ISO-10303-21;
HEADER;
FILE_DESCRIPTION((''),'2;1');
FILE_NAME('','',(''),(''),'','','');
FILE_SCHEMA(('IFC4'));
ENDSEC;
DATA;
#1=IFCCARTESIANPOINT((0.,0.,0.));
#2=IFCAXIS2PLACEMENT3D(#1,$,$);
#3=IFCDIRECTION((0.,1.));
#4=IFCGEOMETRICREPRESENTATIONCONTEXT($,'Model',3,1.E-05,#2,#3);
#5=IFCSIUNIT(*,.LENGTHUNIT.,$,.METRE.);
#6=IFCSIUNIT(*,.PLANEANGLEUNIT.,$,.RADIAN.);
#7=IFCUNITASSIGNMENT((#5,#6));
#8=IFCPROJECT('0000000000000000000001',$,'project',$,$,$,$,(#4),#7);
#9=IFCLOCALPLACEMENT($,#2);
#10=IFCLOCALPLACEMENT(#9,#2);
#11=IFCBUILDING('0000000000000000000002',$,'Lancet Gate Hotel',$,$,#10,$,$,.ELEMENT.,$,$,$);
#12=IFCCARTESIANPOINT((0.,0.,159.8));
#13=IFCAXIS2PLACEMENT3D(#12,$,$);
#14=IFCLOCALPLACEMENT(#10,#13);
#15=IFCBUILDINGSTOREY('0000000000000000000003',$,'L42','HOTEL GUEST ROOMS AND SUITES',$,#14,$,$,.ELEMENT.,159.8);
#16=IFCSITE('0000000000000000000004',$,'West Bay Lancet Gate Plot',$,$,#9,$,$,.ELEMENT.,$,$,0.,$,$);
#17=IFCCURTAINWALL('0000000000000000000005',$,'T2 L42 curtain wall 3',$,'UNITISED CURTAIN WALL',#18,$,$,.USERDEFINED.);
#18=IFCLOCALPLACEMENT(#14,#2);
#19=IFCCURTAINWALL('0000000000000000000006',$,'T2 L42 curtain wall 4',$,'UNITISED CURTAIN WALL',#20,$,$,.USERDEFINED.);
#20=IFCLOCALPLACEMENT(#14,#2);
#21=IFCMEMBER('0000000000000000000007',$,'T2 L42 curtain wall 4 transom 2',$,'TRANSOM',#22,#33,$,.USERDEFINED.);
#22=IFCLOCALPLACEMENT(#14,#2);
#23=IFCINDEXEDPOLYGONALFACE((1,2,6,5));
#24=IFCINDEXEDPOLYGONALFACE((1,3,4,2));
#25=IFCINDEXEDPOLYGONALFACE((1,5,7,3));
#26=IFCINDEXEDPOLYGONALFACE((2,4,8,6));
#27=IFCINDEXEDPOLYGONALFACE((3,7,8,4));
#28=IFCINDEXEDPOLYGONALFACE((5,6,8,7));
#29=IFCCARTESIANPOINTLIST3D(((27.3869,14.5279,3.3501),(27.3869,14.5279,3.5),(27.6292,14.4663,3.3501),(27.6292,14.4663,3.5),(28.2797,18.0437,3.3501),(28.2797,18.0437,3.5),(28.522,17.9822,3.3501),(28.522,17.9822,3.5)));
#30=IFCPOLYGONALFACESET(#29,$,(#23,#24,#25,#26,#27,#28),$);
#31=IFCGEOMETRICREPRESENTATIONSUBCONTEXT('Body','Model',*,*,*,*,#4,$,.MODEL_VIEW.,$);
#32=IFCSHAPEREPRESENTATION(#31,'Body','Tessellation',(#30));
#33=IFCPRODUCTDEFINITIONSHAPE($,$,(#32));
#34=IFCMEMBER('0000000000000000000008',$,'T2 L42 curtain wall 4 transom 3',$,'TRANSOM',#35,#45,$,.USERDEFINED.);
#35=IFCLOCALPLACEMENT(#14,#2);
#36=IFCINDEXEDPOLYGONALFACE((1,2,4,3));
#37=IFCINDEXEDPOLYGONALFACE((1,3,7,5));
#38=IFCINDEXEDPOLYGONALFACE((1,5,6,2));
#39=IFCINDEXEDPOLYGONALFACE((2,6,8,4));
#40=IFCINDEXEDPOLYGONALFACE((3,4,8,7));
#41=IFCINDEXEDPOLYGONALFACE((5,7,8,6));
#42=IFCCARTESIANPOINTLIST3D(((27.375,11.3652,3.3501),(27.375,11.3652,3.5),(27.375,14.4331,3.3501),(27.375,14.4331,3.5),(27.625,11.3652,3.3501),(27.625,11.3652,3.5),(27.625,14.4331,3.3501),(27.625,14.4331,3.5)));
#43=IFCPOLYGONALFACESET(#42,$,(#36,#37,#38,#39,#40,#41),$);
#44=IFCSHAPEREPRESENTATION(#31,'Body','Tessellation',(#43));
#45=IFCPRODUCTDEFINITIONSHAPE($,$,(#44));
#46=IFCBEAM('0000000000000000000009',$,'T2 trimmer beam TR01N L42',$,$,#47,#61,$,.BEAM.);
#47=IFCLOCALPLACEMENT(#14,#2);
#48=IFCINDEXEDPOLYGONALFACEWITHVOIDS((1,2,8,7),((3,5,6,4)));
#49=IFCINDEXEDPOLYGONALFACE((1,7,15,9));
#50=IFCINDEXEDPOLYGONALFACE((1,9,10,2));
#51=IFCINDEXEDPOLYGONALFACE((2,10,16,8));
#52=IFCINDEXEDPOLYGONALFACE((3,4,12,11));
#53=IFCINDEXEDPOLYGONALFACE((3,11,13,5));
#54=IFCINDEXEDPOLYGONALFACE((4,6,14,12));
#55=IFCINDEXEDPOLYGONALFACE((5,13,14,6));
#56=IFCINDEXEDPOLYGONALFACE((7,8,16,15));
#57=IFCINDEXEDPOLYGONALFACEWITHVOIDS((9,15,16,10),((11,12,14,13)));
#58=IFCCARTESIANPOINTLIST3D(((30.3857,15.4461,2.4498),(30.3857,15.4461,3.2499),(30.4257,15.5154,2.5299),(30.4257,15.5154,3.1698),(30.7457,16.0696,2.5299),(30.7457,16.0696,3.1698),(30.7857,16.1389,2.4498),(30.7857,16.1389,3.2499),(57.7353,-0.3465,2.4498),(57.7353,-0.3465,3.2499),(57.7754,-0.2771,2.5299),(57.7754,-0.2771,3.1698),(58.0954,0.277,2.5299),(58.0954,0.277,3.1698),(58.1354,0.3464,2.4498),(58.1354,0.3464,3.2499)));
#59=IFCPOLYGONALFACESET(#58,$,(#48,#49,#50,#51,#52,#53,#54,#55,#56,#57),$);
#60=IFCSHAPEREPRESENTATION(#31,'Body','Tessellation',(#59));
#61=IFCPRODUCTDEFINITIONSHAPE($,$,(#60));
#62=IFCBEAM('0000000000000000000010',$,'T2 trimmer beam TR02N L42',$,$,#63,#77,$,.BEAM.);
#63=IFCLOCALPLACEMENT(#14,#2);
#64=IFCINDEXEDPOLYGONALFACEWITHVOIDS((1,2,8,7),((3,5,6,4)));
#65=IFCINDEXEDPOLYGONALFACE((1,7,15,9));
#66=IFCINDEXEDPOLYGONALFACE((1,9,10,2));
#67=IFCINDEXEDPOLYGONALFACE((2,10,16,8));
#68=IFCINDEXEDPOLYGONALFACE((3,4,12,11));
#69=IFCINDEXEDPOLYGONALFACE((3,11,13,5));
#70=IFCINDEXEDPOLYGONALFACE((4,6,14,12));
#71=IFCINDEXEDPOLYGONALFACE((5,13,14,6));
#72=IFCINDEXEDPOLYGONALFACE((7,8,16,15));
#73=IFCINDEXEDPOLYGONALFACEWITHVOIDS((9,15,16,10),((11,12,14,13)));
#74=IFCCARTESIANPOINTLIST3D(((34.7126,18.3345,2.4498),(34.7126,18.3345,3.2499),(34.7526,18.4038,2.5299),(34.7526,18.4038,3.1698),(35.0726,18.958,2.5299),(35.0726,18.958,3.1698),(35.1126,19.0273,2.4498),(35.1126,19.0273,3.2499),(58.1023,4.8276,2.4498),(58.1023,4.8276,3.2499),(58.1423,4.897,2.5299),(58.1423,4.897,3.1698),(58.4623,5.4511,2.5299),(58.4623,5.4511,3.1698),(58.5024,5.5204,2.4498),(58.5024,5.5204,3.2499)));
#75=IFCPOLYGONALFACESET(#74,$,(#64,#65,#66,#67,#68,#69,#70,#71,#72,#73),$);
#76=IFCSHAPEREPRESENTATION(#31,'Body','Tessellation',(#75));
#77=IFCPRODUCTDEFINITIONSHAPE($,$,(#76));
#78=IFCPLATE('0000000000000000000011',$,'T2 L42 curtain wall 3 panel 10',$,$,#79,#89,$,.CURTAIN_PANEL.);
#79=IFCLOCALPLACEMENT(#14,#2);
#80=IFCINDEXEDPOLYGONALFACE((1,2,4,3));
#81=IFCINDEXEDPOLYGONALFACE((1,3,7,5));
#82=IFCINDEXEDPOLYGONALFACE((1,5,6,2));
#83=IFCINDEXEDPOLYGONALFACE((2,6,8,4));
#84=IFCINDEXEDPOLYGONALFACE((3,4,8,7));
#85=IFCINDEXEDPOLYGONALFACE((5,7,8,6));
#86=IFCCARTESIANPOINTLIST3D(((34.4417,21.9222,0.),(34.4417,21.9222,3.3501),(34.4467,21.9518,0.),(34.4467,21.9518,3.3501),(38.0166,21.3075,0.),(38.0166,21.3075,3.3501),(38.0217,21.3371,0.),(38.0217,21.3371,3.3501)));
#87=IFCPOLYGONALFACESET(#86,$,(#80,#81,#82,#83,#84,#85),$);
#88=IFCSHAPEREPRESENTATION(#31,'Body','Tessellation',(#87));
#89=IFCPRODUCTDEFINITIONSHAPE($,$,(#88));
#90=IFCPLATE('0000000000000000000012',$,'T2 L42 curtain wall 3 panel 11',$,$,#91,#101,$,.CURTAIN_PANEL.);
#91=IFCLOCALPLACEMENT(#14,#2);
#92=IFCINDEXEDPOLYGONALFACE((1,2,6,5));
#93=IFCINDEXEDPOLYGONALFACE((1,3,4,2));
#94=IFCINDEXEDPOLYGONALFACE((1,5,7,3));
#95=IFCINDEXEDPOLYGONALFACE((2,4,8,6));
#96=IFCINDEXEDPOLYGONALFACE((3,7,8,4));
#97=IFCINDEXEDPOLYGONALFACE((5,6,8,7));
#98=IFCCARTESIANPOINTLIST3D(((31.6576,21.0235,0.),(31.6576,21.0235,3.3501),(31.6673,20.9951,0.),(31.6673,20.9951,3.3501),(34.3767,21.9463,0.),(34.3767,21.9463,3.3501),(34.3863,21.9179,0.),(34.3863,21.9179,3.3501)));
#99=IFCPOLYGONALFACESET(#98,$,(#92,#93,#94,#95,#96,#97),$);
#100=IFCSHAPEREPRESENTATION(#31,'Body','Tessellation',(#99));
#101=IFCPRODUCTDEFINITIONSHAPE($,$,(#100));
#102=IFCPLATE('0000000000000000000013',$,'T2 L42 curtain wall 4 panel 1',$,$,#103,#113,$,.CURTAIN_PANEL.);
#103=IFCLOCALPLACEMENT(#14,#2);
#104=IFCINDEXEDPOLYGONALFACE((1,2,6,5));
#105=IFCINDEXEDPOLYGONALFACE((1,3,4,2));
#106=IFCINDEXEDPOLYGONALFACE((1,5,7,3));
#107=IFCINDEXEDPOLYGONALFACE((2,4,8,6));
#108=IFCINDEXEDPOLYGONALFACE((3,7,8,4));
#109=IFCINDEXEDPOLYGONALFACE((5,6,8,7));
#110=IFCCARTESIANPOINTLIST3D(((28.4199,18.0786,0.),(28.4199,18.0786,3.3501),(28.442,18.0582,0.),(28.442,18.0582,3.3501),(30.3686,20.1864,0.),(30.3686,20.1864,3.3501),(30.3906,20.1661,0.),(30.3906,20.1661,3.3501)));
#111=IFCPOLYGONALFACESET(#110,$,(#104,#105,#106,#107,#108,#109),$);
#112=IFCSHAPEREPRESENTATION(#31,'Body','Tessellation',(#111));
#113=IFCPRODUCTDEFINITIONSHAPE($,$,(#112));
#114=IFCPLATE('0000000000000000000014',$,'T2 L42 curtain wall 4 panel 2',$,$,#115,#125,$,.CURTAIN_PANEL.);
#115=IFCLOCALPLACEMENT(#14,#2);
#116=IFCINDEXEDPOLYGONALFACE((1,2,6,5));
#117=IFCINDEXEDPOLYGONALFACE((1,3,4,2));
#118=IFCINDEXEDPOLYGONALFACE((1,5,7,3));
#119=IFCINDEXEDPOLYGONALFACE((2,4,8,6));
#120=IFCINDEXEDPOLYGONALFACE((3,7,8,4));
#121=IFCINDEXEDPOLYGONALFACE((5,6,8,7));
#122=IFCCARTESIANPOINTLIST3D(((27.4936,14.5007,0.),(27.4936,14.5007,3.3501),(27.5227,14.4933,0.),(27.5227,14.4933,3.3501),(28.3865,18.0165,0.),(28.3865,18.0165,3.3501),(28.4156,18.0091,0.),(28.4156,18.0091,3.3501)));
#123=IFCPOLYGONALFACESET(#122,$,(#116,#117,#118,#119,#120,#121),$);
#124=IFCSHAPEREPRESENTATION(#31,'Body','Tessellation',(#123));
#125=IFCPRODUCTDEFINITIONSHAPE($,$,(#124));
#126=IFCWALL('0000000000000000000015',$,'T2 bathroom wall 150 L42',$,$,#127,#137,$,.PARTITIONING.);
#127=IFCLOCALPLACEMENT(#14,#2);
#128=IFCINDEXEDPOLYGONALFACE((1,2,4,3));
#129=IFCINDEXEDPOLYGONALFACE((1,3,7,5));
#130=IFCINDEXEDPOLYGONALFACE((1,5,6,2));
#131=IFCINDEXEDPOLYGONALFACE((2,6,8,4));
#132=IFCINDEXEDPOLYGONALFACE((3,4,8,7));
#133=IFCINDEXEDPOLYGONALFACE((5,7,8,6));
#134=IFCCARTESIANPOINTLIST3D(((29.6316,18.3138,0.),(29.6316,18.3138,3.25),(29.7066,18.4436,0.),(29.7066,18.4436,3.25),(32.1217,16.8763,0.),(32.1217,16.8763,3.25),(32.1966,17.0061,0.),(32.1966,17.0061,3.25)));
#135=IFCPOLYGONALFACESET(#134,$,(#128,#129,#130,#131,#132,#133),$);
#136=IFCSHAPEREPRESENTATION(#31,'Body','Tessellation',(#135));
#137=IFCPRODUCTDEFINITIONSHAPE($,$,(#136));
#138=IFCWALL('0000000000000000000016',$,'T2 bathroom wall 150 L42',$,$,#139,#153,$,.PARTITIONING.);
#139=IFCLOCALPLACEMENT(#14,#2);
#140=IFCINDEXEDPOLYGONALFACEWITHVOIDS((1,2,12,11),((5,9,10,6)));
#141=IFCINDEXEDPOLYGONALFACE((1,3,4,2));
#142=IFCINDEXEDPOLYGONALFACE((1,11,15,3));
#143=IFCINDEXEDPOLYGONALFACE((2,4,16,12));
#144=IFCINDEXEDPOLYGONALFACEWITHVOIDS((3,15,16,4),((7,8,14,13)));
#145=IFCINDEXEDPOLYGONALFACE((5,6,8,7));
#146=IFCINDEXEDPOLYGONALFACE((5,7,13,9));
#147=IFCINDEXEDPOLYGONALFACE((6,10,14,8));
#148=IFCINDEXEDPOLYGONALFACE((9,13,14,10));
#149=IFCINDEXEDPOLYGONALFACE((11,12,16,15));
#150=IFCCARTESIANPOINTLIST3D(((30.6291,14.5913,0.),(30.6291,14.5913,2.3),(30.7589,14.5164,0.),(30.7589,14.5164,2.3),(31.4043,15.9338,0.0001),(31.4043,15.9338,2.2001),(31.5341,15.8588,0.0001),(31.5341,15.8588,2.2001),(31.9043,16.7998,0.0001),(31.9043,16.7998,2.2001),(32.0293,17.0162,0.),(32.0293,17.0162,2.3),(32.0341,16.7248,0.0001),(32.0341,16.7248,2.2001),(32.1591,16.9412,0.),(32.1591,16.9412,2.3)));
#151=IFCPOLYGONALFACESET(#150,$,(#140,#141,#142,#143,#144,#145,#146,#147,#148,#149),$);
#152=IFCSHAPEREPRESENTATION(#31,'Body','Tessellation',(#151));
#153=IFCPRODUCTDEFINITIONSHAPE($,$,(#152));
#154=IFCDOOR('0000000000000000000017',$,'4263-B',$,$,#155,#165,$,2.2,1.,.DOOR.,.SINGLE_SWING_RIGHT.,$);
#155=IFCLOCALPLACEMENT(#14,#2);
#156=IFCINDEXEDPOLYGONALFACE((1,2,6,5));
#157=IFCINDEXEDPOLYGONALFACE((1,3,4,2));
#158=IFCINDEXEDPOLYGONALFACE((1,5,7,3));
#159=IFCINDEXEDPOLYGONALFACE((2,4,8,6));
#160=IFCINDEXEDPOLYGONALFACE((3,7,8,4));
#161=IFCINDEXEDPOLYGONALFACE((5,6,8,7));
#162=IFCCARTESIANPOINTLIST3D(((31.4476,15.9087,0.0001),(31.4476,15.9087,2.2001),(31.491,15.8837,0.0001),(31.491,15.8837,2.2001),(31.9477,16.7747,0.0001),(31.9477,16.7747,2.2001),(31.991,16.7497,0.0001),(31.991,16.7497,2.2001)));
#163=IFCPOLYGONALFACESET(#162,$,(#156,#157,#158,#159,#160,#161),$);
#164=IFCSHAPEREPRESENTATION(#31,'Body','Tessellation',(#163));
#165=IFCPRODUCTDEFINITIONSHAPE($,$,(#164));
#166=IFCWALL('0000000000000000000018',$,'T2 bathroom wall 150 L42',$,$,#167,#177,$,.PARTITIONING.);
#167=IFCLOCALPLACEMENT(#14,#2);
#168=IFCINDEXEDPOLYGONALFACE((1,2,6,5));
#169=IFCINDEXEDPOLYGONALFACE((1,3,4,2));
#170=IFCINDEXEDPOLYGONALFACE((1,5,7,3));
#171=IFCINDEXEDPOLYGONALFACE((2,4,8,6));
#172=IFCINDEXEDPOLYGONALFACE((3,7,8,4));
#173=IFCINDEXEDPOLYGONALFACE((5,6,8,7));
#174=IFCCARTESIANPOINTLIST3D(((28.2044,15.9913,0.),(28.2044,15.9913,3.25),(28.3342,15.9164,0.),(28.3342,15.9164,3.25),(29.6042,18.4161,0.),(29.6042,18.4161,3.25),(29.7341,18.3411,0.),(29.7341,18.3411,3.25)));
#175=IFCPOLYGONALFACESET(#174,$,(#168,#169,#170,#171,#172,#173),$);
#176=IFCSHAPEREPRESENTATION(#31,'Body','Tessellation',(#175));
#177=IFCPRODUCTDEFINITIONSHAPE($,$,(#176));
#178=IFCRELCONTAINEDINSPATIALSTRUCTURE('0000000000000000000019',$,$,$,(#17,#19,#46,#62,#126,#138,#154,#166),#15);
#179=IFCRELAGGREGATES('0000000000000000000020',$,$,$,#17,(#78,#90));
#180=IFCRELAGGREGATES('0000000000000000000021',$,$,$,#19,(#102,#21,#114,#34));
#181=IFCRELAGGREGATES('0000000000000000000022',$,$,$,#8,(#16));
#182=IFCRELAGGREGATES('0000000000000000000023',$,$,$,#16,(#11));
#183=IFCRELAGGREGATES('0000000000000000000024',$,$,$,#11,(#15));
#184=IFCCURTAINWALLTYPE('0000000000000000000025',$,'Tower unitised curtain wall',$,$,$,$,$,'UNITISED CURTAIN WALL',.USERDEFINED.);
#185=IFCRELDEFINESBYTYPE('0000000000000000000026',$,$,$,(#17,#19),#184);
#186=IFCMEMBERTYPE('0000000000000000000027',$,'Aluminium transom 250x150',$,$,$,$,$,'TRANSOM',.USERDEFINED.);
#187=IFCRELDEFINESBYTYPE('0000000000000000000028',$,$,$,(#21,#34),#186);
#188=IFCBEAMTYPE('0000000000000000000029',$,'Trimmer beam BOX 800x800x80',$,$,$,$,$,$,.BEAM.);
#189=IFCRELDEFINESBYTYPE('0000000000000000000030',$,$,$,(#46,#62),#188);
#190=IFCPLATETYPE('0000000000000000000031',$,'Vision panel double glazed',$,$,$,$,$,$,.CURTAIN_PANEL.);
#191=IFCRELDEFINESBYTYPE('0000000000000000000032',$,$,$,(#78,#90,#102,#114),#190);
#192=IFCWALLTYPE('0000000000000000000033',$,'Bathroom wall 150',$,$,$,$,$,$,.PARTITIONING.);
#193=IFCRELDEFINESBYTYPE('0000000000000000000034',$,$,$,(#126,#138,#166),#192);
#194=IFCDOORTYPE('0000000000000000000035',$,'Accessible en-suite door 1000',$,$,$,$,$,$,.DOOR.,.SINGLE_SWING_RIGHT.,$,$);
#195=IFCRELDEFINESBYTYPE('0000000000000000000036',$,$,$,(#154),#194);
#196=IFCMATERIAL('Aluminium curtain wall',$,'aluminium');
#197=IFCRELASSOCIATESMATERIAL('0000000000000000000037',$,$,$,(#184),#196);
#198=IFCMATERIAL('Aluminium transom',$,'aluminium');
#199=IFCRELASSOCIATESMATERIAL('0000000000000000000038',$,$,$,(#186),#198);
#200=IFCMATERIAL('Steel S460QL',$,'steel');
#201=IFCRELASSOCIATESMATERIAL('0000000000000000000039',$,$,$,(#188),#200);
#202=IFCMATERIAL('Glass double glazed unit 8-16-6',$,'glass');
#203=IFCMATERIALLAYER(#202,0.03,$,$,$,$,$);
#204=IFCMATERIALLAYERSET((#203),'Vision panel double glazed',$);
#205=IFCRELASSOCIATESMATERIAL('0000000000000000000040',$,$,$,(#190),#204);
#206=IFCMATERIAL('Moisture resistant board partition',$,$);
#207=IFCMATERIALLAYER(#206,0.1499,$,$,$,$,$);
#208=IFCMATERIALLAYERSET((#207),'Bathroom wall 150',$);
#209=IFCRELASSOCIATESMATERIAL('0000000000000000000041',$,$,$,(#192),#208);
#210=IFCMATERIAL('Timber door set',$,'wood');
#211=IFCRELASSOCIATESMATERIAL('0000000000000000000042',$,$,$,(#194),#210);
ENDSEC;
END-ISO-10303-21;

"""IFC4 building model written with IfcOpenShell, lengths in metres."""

from ifc_helpers import new_model, si_unit, direction, frame, frame_2d, origin, origin_2d, place, context, subcontext, project, spatial, rectangle, hollow_rectangle, extrude, material, layer, layer_set, material_profile, profile_set, type_object, element, fill, aggregate, save


model = new_model("IFC4")

# Units and contexts
model_context = context("Model", 3, precision=1e-05, world=origin(), true_north=direction((0.0, 1.0)))
body_context = subcontext(model_context, "Body", "Model", "MODEL_VIEW")
ifc_project = project(units=[si_unit("LENGTHUNIT", "METRE"), si_unit("PLANEANGLEUNIT", "RADIAN")], contexts=[model_context])

# Site, building, storey
site_placement = place(None, origin())
site = spatial("IfcSite", under=ifc_project, at=site_placement, Name="West Bay Lancet Gate Plot", CompositionType="ELEMENT", RefElevation=0.0)
building_placement = place(site_placement, origin())
building = spatial("IfcBuilding", under=site, at=building_placement, Name="Lancet Gate Hotel", CompositionType="ELEMENT")
storey_placement = place(building_placement, frame((0.0, 0.0, 159.8)))
storey = spatial("IfcBuildingStorey", under=building, at=storey_placement, Name="L42", Description="HOTEL GUEST ROOMS AND SUITES", CompositionType="ELEMENT", Elevation=159.8)

# Curtain walls
ifc_material_1 = material(Name="Aluminium curtain wall", Category="aluminium")
curtain_wall_type = type_object("IfcCurtainWallType", Name="Tower unitised curtain wall", ElementType="UNITISED CURTAIN WALL", PredefinedType="USERDEFINED", material=ifc_material_1)
curtain_wall_1_placement = place(storey_placement, origin())
curtain_wall_1 = element("IfcCurtainWall", 1, at=curtain_wall_1_placement, inside=storey, type_object=curtain_wall_type, Name="T2 L42 curtain wall 3", ObjectType="UNITISED CURTAIN WALL", PredefinedType="USERDEFINED")
curtain_wall_2_placement = place(storey_placement, origin())
curtain_wall_2 = element("IfcCurtainWall", 2, at=curtain_wall_2_placement, inside=storey, type_object=curtain_wall_type, Name="T2 L42 curtain wall 4", ObjectType="UNITISED CURTAIN WALL", PredefinedType="USERDEFINED")

# Members
ifc_material_2 = material(Name="Aluminium transom", Category="aluminium")
ifc_material_profile_1 = material_profile(ifc_material_2, rectangle(XDim=0.25, YDim=0.1499, at=origin_2d()), Name="TRANSOM 250x150")
ifc_profile_set_1 = profile_set([ifc_material_profile_1], Name="Aluminium transom")
member_type_1 = type_object("IfcMemberType", Name="Aluminium transom 250x150", ElementType="TRANSOM", PredefinedType="USERDEFINED", material=ifc_profile_set_1)
member_1_placement = place(storey_placement, frame((28.4009, 18.0129, 3.425), z_axis=(-0.246129, -0.969237, 0.0), x_axis=(0.969237, -0.246129, 0.0)))
member_1 = element("IfcMember", 3, at=member_1_placement, type_object=member_type_1, Name="T2 L42 curtain wall 4 transom 2", ObjectType="TRANSOM", PredefinedType="USERDEFINED", context=body_context, shape_type="SweptSolid", body=[
    extrude(rectangle(XDim=0.25, YDim=0.1499, at=origin_2d()), origin(), (0.0, 0.0, 1.0), 3.6274),
])
member_2_placement = place(storey_placement, frame((27.5, 14.4331, 3.425), z_axis=(0.0, -1.0, 0.0), x_axis=(1.0, 0.0, 0.0)))
member_2 = element("IfcMember", 4, at=member_2_placement, type_object=member_type_1, Name="T2 L42 curtain wall 4 transom 3", ObjectType="TRANSOM", PredefinedType="USERDEFINED", context=body_context, shape_type="SweptSolid", body=[
    extrude(rectangle(XDim=0.25, YDim=0.1499, at=origin_2d()), origin(), (0.0, 0.0, 1.0), 3.0679),
])

# Beams
ifc_material_3 = material(Name="Steel S460QL", Category="steel")
ifc_material_profile_2 = material_profile(ifc_material_3, hollow_rectangle(XDim=0.8, YDim=0.8, WallThickness=0.0801, at=origin_2d()), Name="BOX 800x800x80")
ifc_profile_set_2 = profile_set([ifc_material_profile_2], Name="Steel S460QL")
beam_type = type_object("IfcBeamType", Name="Trimmer beam BOX 800x800x80", PredefinedType="BEAM", material=ifc_profile_set_2)
beam_1_placement = place(storey_placement, frame((30.5857, 15.7925, 2.8499), z_axis=(0.865996, -0.500052, 0.0), x_axis=(0.500052, 0.865996, 0.0)))
element("IfcBeam", 5, at=beam_1_placement, inside=storey, type_object=beam_type, Name="T2 trimmer beam TR01N L42", PredefinedType="BEAM", context=body_context, shape_type="SweptSolid", body=[
    extrude(hollow_rectangle(XDim=0.8, YDim=0.8, WallThickness=0.0801, at=origin_2d()), origin(), (0.0, 0.0, 1.0), 31.5818),
])
beam_2_placement = place(storey_placement, frame((34.9126, 18.6809, 2.8499), z_axis=(0.86598, -0.500078, 0.0), x_axis=(0.500078, 0.86598, 0.0)))
element("IfcBeam", 6, at=beam_2_placement, inside=storey, type_object=beam_type, Name="T2 trimmer beam TR02N L42", PredefinedType="BEAM", context=body_context, shape_type="SweptSolid", body=[
    extrude(hollow_rectangle(XDim=0.8, YDim=0.8, WallThickness=0.0801, at=origin_2d()), origin(), (0.0, 0.0, 1.0), 27.0095),
])

# Plates
ifc_material_4 = material(Name="Glass double glazed unit 8-16-6", Category="glass")
ifc_layer_1 = layer(ifc_material_4, 0.03)
ifc_layer_set_1 = layer_set([ifc_layer_1], Name="Vision panel double glazed")
plate_type = type_object("IfcPlateType", Name="Vision panel double glazed", PredefinedType="CURTAIN_PANEL", material=ifc_layer_set_1)
plate_1_placement = place(storey_placement, frame((36.2317, 21.6296, 0.0), z_axis=(0.0, 0.0, 1.0), x_axis=(-0.98554, 0.169445, 0.0)))
plate_1 = element("IfcPlate", 7, at=plate_1_placement, type_object=plate_type, Name="T2 L42 curtain wall 3 panel 10", PredefinedType="CURTAIN_PANEL", context=body_context, shape_type="SweptSolid", body=[
    extrude(rectangle(XDim=3.6274, YDim=0.03, at=origin_2d()), origin(), (0.0, 0.0, 1.0), 3.3501),
])
plate_2_placement = place(storey_placement, frame((33.022, 21.4707, 0.0), z_axis=(0.0, 0.0, 1.0), x_axis=(-0.946952, -0.321374, 0.0)))
plate_2 = element("IfcPlate", 8, at=plate_2_placement, type_object=plate_type, Name="T2 L42 curtain wall 3 panel 11", PredefinedType="CURTAIN_PANEL", context=body_context, shape_type="SweptSolid", body=[
    extrude(rectangle(XDim=2.8713, YDim=0.03, at=origin_2d()), origin(), (0.0, 0.0, 1.0), 3.3501),
])
aggregate(curtain_wall_1, [plate_1, plate_2])
plate_3_placement = place(storey_placement, frame((29.4053, 19.1223, 0.0), z_axis=(0.0, 0.0, 1.0), x_axis=(-0.678831, -0.734294, 0.0)))
plate_3 = element("IfcPlate", 9, at=plate_3_placement, type_object=plate_type, Name="T2 L42 curtain wall 4 panel 1", PredefinedType="CURTAIN_PANEL", context=body_context, shape_type="SweptSolid", body=[
    extrude(rectangle(XDim=2.8706, YDim=0.03, at=origin_2d()), origin(), (0.0, 0.0, 1.0), 3.3501),
])
plate_4_placement = place(storey_placement, frame((27.9546, 16.2549, 0.0), z_axis=(0.0, 0.0, 1.0), x_axis=(-0.246167, -0.969228, 0.0)))
plate_4 = element("IfcPlate", 10, at=plate_4_placement, type_object=plate_type, Name="T2 L42 curtain wall 4 panel 2", PredefinedType="CURTAIN_PANEL", context=body_context, shape_type="SweptSolid", body=[
    extrude(rectangle(XDim=3.6274, YDim=0.03, at=origin_2d()), origin(), (0.0, 0.0, 1.0), 3.3501),
])
aggregate(curtain_wall_2, [plate_3, member_1, plate_4, member_2])

# Wall
ifc_material_5 = material(Name="Moisture resistant board partition")
ifc_layer_2 = layer(ifc_material_5, 0.1499)
ifc_layer_set_2 = layer_set([ifc_layer_2], Name="Bathroom wall 150")
wall_type_1 = type_object("IfcWallType", Name="Bathroom wall 150", PredefinedType="PARTITIONING", material=ifc_layer_set_2)
wall_1_placement = place(storey_placement, frame((29.6692, 18.3787, 0.0), z_axis=(0.0, 0.0, 1.0), x_axis=(0.86604, -0.499975, 0.0)))
element("IfcWall", 11, at=wall_1_placement, inside=storey, type_object=wall_type_1, Name="T2 bathroom wall 150 L42", PredefinedType="PARTITIONING", context=body_context, shape_type="SweptSolid", body=[
    extrude(rectangle(XDim=2.8752, YDim=0.1499, at=frame_2d((1.4375, 0.0))), origin(), (0.0, 0.0, 1.0), 3.25),
])

# Wall, opening, door
wall_2_placement = place(storey_placement, frame((30.6941, 14.554, 0.0), z_axis=(0.0, 0.0, 1.0), x_axis=(0.50005, 0.865997, 0.0)))
wall_2 = element("IfcWall", 12, at=wall_2_placement, inside=storey, type_object=wall_type_1, Name="T2 bathroom wall 150 L42", PredefinedType="PARTITIONING", context=body_context, shape_type="SweptSolid", body=[
    extrude(rectangle(XDim=2.8, YDim=0.1499, at=frame_2d((1.3999, 0.0))), origin(), (0.0, 0.0, 1.0), 2.3),
])
opening_1_placement = place(wall_2_placement, frame((1.55, 0.0, 0.0)))
opening_1 = element("IfcOpeningElement", 13, at=opening_1_placement, cuts=wall_2, PredefinedType="OPENING", context=body_context, shape_type="SweptSolid", body=[
    extrude(rectangle(XDim=1.0, YDim=2.2, at=frame_2d((0.5, 1.1001))), frame((0.0, 0.085, 0.0), z_axis=(0.0, -1.0, 0.0), x_axis=(1.0, 0.0, 0.0)), (0.0, 0.0, 1.0), 0.1699),
])
ifc_material_6 = material(Name="Timber door set", Category="wood")
door_type_1 = type_object("IfcDoorType", Name="Accessible en-suite door 1000", OperationType="SINGLE_SWING_RIGHT", PredefinedType="DOOR", material=ifc_material_6)
door_1_placement = place(opening_1_placement, origin())
door_1 = element("IfcDoor", 14, at=door_1_placement, inside=storey, type_object=door_type_1, Name="4263-B", OperationType="SINGLE_SWING_RIGHT", OverallHeight=2.2, OverallWidth=1.0, PredefinedType="DOOR", context=body_context, shape_type="SweptSolid", body=[
    extrude(rectangle(XDim=1.0, YDim=2.2, at=frame_2d((0.5, 1.1001))), frame((0.0, 0.0249, 0.0), z_axis=(0.0, -1.0, 0.0), x_axis=(1.0, 0.0, 0.0)), (0.0, 0.0, 1.0), 0.05),
])
fill(opening_1, door_1)

# Wall
wall_3_placement = place(storey_placement, frame((28.2693, 15.9539, 0.0), z_axis=(0.0, 0.0, 1.0), x_axis=(0.499984, 0.866035, 0.0)))
element("IfcWall", 15, at=wall_3_placement, inside=storey, type_object=wall_type_1, Name="T2 bathroom wall 150 L42", PredefinedType="PARTITIONING", context=body_context, shape_type="SweptSolid", body=[
    extrude(rectangle(XDim=2.7998, YDim=0.1499, at=frame_2d((1.3999, 0.0))), origin(), (0.0, 0.0, 1.0), 3.25),
])

save(model, "model.ifc")
